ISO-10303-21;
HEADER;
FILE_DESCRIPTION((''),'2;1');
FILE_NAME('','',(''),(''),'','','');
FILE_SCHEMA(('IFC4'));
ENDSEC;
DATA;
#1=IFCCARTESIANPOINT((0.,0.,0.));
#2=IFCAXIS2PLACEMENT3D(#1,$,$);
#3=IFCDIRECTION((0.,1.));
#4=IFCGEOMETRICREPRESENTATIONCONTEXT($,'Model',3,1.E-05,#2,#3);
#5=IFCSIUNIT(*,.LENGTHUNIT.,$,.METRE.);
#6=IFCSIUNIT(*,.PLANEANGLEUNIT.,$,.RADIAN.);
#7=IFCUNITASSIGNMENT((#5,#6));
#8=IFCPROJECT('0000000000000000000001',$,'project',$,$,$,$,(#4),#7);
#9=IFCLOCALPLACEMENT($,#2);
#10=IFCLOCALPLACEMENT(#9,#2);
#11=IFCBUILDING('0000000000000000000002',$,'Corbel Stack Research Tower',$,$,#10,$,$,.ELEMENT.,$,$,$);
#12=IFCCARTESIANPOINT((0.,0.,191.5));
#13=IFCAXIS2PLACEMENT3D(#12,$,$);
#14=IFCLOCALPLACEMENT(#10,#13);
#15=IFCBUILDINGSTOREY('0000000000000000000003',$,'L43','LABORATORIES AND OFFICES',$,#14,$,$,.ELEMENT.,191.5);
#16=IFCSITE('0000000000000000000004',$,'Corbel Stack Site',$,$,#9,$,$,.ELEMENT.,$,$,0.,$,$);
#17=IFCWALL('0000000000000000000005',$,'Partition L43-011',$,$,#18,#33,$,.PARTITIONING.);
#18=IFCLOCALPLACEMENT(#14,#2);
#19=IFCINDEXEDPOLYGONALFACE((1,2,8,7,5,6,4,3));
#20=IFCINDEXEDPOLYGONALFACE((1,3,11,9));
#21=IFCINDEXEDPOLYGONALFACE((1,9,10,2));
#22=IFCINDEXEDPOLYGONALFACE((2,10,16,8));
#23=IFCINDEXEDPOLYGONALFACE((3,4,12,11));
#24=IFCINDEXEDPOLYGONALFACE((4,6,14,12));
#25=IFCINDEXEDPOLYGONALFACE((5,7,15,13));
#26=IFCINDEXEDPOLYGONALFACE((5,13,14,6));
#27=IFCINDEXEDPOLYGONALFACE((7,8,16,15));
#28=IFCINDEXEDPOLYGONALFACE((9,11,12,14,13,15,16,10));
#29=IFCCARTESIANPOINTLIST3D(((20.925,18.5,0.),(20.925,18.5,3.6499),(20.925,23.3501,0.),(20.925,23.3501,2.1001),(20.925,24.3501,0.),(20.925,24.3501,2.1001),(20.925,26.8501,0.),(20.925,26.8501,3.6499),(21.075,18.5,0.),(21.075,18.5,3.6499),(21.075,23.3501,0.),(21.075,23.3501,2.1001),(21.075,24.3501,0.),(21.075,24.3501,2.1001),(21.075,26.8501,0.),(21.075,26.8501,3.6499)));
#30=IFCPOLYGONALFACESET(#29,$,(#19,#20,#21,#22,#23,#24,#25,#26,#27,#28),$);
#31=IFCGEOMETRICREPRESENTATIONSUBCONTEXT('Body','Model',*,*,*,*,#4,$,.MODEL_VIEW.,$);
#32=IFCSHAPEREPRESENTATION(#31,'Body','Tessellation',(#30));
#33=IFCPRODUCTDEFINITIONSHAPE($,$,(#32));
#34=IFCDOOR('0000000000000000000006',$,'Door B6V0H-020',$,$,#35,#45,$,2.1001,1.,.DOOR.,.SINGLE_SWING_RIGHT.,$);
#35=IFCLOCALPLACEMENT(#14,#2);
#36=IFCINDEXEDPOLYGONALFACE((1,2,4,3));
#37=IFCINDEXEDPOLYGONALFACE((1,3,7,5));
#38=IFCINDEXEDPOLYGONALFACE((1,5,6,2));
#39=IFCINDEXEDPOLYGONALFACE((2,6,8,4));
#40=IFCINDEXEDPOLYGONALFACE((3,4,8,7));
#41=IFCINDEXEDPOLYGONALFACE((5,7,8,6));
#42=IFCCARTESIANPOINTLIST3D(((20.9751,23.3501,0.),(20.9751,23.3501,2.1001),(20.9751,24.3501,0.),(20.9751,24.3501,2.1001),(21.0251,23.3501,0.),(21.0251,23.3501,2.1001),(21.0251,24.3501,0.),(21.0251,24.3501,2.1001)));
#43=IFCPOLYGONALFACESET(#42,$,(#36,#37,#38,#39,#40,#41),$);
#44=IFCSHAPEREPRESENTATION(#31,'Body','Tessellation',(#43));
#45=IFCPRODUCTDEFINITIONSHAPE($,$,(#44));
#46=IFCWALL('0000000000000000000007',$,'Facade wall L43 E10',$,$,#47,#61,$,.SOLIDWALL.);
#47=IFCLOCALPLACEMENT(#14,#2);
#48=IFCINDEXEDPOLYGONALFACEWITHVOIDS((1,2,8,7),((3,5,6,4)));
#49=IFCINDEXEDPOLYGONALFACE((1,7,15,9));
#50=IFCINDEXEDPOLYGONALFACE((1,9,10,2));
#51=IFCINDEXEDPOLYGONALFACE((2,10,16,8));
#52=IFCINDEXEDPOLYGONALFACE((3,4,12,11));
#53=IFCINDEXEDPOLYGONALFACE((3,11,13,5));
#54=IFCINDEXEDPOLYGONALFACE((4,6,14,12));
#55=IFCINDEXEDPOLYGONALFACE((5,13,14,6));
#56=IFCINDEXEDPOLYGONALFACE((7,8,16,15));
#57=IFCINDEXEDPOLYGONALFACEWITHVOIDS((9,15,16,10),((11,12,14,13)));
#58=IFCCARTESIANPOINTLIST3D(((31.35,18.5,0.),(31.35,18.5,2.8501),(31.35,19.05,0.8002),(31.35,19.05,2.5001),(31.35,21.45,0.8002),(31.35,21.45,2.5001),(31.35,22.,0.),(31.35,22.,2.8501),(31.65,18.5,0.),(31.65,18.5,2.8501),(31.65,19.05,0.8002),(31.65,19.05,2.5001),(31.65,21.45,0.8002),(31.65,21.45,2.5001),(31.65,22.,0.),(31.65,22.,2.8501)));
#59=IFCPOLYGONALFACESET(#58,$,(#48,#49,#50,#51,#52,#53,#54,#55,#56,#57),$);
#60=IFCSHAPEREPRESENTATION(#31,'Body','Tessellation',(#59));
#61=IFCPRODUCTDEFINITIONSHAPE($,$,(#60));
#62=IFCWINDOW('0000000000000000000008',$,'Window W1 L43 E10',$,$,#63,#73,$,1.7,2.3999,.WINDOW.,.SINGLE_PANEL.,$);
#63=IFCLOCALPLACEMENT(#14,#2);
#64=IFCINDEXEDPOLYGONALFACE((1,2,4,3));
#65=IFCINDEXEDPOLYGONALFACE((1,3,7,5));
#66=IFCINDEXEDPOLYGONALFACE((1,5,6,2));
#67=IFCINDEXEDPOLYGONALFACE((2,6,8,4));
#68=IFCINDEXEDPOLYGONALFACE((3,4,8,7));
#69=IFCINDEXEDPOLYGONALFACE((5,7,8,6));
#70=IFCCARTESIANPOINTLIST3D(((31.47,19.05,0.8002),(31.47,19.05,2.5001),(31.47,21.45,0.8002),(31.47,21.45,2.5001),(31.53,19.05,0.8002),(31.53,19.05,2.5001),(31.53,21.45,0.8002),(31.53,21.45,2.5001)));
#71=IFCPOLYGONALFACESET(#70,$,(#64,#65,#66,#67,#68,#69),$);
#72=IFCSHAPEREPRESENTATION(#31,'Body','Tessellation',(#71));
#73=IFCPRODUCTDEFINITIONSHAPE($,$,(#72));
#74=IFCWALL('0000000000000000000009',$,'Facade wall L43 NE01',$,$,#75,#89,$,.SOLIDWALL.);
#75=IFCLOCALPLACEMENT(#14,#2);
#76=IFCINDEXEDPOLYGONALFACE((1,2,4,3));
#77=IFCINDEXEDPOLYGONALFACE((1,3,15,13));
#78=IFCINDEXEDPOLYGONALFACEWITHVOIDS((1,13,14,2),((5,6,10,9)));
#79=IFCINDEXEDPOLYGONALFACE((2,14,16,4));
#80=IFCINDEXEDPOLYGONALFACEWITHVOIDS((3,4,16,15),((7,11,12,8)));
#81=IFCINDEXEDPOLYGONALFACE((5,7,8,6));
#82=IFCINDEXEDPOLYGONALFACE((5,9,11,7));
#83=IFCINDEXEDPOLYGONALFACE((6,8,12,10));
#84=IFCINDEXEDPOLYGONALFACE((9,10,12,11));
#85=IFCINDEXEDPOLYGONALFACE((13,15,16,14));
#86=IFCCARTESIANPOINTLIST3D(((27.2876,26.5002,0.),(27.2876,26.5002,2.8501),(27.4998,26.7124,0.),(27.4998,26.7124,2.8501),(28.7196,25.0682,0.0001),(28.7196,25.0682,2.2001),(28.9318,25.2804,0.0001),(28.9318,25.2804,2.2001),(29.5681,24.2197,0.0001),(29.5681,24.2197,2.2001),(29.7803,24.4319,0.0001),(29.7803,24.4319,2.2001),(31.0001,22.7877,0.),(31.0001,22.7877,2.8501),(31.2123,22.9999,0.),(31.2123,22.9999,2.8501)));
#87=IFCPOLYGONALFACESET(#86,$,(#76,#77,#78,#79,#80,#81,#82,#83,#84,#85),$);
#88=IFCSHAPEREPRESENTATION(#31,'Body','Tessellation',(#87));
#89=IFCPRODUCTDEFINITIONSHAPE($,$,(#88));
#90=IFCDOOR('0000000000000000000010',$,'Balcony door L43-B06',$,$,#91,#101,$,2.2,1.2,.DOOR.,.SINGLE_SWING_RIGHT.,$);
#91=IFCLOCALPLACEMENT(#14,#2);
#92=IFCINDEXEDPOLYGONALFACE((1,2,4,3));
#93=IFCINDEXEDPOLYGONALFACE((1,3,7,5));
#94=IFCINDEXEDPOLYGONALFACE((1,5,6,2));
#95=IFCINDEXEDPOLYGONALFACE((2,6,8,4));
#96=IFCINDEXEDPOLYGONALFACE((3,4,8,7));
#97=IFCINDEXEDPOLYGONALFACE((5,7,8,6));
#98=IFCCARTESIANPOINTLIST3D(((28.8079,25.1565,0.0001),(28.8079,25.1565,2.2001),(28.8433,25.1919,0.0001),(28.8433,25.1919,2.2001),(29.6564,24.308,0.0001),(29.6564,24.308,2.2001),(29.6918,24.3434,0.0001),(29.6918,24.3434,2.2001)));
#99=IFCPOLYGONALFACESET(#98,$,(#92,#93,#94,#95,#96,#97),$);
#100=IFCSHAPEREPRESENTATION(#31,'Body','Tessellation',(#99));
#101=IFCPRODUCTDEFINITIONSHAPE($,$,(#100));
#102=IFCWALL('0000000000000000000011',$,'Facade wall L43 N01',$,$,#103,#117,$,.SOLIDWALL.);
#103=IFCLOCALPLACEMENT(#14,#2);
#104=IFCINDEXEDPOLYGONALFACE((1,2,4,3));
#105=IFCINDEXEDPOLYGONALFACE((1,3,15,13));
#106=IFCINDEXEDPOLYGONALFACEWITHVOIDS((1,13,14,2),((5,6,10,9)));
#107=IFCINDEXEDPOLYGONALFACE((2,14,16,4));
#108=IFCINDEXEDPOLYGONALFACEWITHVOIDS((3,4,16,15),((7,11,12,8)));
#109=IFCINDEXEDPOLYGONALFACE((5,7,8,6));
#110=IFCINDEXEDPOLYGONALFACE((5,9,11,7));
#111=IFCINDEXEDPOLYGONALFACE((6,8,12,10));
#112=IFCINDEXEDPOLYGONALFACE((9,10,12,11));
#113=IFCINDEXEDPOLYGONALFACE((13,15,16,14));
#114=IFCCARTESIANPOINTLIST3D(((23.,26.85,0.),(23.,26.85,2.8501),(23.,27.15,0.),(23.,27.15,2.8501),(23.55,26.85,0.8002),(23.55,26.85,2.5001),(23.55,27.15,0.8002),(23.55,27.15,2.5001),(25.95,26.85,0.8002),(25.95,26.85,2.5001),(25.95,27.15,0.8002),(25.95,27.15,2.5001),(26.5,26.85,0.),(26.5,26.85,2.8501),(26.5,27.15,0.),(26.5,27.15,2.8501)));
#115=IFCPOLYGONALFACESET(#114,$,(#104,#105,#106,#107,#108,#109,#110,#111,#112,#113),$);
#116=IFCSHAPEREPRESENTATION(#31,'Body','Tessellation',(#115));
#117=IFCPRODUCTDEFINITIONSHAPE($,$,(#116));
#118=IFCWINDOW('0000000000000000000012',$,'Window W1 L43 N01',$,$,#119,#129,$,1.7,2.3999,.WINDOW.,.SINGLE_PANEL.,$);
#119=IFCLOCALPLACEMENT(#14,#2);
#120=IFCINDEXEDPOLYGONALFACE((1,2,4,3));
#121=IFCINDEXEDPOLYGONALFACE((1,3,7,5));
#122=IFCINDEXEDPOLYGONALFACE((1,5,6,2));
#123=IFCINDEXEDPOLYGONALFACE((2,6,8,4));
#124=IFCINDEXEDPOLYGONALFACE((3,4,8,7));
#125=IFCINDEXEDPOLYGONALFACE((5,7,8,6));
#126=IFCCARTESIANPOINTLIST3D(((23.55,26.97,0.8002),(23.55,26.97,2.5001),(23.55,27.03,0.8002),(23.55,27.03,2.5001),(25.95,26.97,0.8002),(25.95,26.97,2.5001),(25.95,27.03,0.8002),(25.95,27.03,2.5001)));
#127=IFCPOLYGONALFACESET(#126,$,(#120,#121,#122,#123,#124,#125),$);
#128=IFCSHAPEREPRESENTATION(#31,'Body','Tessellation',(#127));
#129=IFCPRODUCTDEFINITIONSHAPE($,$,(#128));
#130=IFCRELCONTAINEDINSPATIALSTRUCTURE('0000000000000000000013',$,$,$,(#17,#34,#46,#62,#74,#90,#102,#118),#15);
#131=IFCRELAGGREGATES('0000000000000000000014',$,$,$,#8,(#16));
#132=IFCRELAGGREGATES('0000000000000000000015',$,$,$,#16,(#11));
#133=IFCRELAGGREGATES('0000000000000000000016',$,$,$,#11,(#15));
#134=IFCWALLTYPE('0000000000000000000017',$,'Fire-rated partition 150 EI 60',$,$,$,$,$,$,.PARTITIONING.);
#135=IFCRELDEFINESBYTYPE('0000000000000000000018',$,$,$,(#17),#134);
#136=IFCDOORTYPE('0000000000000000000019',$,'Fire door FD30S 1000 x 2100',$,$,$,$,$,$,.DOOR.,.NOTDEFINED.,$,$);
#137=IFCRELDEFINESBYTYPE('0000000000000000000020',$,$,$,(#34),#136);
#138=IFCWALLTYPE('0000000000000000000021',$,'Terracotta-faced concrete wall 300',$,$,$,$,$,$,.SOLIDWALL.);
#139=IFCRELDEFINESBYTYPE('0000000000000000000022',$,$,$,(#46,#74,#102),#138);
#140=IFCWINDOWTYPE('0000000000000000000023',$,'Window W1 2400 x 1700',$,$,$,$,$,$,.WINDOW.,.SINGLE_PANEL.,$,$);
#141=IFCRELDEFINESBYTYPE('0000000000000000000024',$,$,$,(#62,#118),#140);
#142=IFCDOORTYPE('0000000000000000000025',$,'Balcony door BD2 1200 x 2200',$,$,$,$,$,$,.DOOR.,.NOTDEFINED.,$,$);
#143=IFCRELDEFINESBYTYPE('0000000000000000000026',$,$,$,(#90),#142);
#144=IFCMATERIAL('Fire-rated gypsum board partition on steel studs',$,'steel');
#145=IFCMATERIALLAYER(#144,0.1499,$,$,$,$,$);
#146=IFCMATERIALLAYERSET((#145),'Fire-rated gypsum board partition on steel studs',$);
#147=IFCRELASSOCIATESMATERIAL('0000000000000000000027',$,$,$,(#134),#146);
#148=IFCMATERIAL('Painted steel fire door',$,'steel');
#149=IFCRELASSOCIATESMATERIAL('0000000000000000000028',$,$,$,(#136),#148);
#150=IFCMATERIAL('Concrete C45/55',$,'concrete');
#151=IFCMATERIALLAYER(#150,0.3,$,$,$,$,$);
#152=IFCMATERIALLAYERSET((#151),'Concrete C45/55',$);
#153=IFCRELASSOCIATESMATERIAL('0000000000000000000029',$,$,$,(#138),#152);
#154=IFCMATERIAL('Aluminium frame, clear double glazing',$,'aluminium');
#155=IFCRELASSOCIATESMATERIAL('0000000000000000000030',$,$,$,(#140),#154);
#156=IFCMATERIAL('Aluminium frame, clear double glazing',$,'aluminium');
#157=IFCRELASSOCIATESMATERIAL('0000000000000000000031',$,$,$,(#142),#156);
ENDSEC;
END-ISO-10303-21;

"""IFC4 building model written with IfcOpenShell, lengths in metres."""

from ifc_helpers import new_model, si_unit, direction, frame, frame_2d, origin, place, context, subcontext, project, spatial, rectangle, extrude, material, layer, layer_set, type_object, element, fill, save


model = new_model("IFC4")

# Units and contexts
model_context = context("Model", 3, precision=1e-05, world=origin(), true_north=direction((0.0, 1.0)))
body_context = subcontext(model_context, "Body", "Model", "MODEL_VIEW")
ifc_project = project(units=[si_unit("LENGTHUNIT", "METRE"), si_unit("PLANEANGLEUNIT", "RADIAN")], contexts=[model_context])

# Site, building, storey
site_placement = place(None, origin())
site = spatial("IfcSite", under=ifc_project, at=site_placement, Name="Corbel Stack Site", CompositionType="ELEMENT", RefElevation=0.0)
building_placement = place(site_placement, origin())
building = spatial("IfcBuilding", under=site, at=building_placement, Name="Corbel Stack Research Tower", CompositionType="ELEMENT")
storey_placement = place(building_placement, frame((0.0, 0.0, 191.5)))
storey = spatial("IfcBuildingStorey", under=building, at=storey_placement, Name="L43", Description="LABORATORIES AND OFFICES", CompositionType="ELEMENT", Elevation=191.5)

# Wall, opening, door
ifc_material_1 = material(Name="Fire-rated gypsum board partition on steel studs", Category="steel")
ifc_layer_1 = layer(ifc_material_1, 0.1499)
ifc_layer_set_1 = layer_set([ifc_layer_1], Name="Fire-rated gypsum board partition on steel studs")
wall_type_1 = type_object("IfcWallType", Name="Fire-rated partition 150 EI 60", PredefinedType="PARTITIONING", material=ifc_layer_set_1)
wall_1_placement = place(storey_placement, frame((21.0, 18.5, 0.0), z_axis=(0.0, 0.0, 1.0), x_axis=(0.0, 1.0, 0.0)))
wall_1 = element("IfcWall", 1, at=wall_1_placement, inside=storey, type_object=wall_type_1, Name="Partition L43-011", PredefinedType="PARTITIONING", context=body_context, shape_type="SweptSolid", body=[
    extrude(rectangle(XDim=8.3501, YDim=0.1499, at=frame_2d((4.175, 0.0))), origin(), (0.0, 0.0, 1.0), 3.6499),
])
opening_1_placement = place(wall_1_placement, frame((4.8501, 0.0, 0.0)))
opening_1 = element("IfcOpeningElement", 2, at=opening_1_placement, cuts=wall_1, PredefinedType="OPENING", context=body_context, shape_type="SweptSolid", body=[
    extrude(rectangle(XDim=1.0, YDim=2.1001, at=frame_2d((0.5, 1.05))), frame((0.0, 0.085, 0.0), z_axis=(0.0, -1.0, 0.0), x_axis=(1.0, 0.0, 0.0)), (0.0, 0.0, 1.0), 0.1699),
])
ifc_material_2 = material(Name="Painted steel fire door", Category="steel")
door_type_1 = type_object("IfcDoorType", Name="Fire door FD30S 1000 x 2100", OperationType="NOTDEFINED", PredefinedType="DOOR", material=ifc_material_2)
door_1_placement = place(opening_1_placement, origin())
door_1 = element("IfcDoor", 3, at=door_1_placement, inside=storey, type_object=door_type_1, Name="Door B6V0H-020", OperationType="SINGLE_SWING_RIGHT", OverallHeight=2.1001, OverallWidth=1.0, PredefinedType="DOOR", context=body_context, shape_type="SweptSolid", body=[
    extrude(rectangle(XDim=1.0, YDim=2.1001, at=frame_2d((0.5, 1.05))), frame((0.0, 0.0249, 0.0), z_axis=(0.0, -1.0, 0.0), x_axis=(1.0, 0.0, 0.0)), (0.0, 0.0, 1.0), 0.05),
])
fill(opening_1, door_1)

# Wall, opening, window
ifc_material_3 = material(Name="Concrete C45/55", Category="concrete")
ifc_layer_2 = layer(ifc_material_3, 0.3)
ifc_layer_set_2 = layer_set([ifc_layer_2], Name="Concrete C45/55")
wall_type_2 = type_object("IfcWallType", Name="Terracotta-faced concrete wall 300", PredefinedType="SOLIDWALL", material=ifc_layer_set_2)
wall_2_placement = place(storey_placement, frame((31.5, 22.0, 0.0), z_axis=(0.0, 0.0, 1.0), x_axis=(0.0, -1.0, 0.0)))
wall_2 = element("IfcWall", 4, at=wall_2_placement, inside=storey, type_object=wall_type_2, Name="Facade wall L43 E10", PredefinedType="SOLIDWALL", context=body_context, shape_type="SweptSolid", body=[
    extrude(rectangle(XDim=3.5, YDim=0.3, at=frame_2d((1.75, 0.0))), origin(), (0.0, 0.0, 1.0), 2.8501),
])
opening_2_placement = place(wall_2_placement, frame((0.55, 0.0, 0.8)))
opening_2 = element("IfcOpeningElement", 5, at=opening_2_placement, cuts=wall_2, PredefinedType="OPENING", context=body_context, shape_type="SweptSolid", body=[
    extrude(rectangle(XDim=2.3999, YDim=1.7, at=frame_2d((1.2, 0.8501))), frame((0.0, 0.1599, 0.0), z_axis=(0.0, -1.0, 0.0), x_axis=(1.0, 0.0, 0.0)), (0.0, 0.0, 1.0), 0.3201),
])
ifc_material_4 = material(Name="Aluminium frame, clear double glazing", Category="aluminium")
window_type = type_object("IfcWindowType", Name="Window W1 2400 x 1700", PartitioningType="SINGLE_PANEL", PredefinedType="WINDOW", material=ifc_material_4)
window_1_placement = place(opening_2_placement, origin())
window_1 = element("IfcWindow", 6, at=window_1_placement, inside=storey, type_object=window_type, Name="Window W1 L43 E10", OverallHeight=1.7, OverallWidth=2.3999, PartitioningType="SINGLE_PANEL", PredefinedType="WINDOW", context=body_context, shape_type="SweptSolid", body=[
    extrude(rectangle(XDim=2.3999, YDim=1.7, at=frame_2d((1.2, 0.8501))), frame((0.0, 0.03, 0.0), z_axis=(0.0, -1.0, 0.0), x_axis=(1.0, 0.0, 0.0)), (0.0, 0.0, 1.0), 0.0601),
])
fill(opening_2, window_1)

# Wall, opening, door
wall_3_placement = place(storey_placement, frame((27.3938, 26.6062, 0.0), z_axis=(0.0, 0.0, 1.0), x_axis=(0.707107, -0.707107, 0.0)))
wall_3 = element("IfcWall", 7, at=wall_3_placement, inside=storey, type_object=wall_type_2, Name="Facade wall L43 NE01", PredefinedType="SOLIDWALL", context=body_context, shape_type="SweptSolid", body=[
    extrude(rectangle(XDim=5.2502, YDim=0.3, at=frame_2d((2.625, 0.0))), origin(), (0.0, 0.0, 1.0), 2.8501),
])
opening_3_placement = place(wall_3_placement, frame((2.0249, 0.0, 0.0)))
opening_3 = element("IfcOpeningElement", 8, at=opening_3_placement, cuts=wall_3, PredefinedType="OPENING", context=body_context, shape_type="SweptSolid", body=[
    extrude(rectangle(XDim=1.2, YDim=2.2, at=frame_2d((0.6001, 1.1001))), frame((0.0, 0.1599, 0.0), z_axis=(0.0, -1.0, 0.0), x_axis=(1.0, 0.0, 0.0)), (0.0, 0.0, 1.0), 0.3201),
])
ifc_material_5 = material(Name="Aluminium frame, clear double glazing", Category="aluminium")
door_type_2 = type_object("IfcDoorType", Name="Balcony door BD2 1200 x 2200", OperationType="NOTDEFINED", PredefinedType="DOOR", material=ifc_material_5)
door_2_placement = place(opening_3_placement, origin())
door_2 = element("IfcDoor", 9, at=door_2_placement, inside=storey, type_object=door_type_2, Name="Balcony door L43-B06", OperationType="SINGLE_SWING_RIGHT", OverallHeight=2.2, OverallWidth=1.2, PredefinedType="DOOR", context=body_context, shape_type="SweptSolid", body=[
    extrude(rectangle(XDim=1.2, YDim=2.2, at=frame_2d((0.6001, 1.1001))), frame((0.0, 0.0249, 0.0), z_axis=(0.0, -1.0, 0.0), x_axis=(1.0, 0.0, 0.0)), (0.0, 0.0, 1.0), 0.05),
])
fill(opening_3, door_2)

# Wall, opening, window
wall_4_placement = place(storey_placement, frame((23.0, 27.0, 0.0), z_axis=(0.0, 0.0, 1.0), x_axis=(1.0, 0.0, 0.0)))
wall_4 = element("IfcWall", 10, at=wall_4_placement, inside=storey, type_object=wall_type_2, Name="Facade wall L43 N01", PredefinedType="SOLIDWALL", context=body_context, shape_type="SweptSolid", body=[
    extrude(rectangle(XDim=3.5, YDim=0.3, at=frame_2d((1.75, 0.0))), origin(), (0.0, 0.0, 1.0), 2.8501),
])
opening_4_placement = place(wall_4_placement, frame((0.55, 0.0, 0.8)))
opening_4 = element("IfcOpeningElement", 11, at=opening_4_placement, cuts=wall_4, PredefinedType="OPENING", context=body_context, shape_type="SweptSolid", body=[
    extrude(rectangle(XDim=2.3999, YDim=1.7, at=frame_2d((1.2, 0.8501))), frame((0.0, 0.1599, 0.0), z_axis=(0.0, -1.0, 0.0), x_axis=(1.0, 0.0, 0.0)), (0.0, 0.0, 1.0), 0.3201),
])
window_2_placement = place(opening_4_placement, origin())
window_2 = element("IfcWindow", 12, at=window_2_placement, inside=storey, type_object=window_type, Name="Window W1 L43 N01", OverallHeight=1.7, OverallWidth=2.3999, PartitioningType="SINGLE_PANEL", PredefinedType="WINDOW", context=body_context, shape_type="SweptSolid", body=[
    extrude(rectangle(XDim=2.3999, YDim=1.7, at=frame_2d((1.2, 0.8501))), frame((0.0, 0.03, 0.0), z_axis=(0.0, -1.0, 0.0), x_axis=(1.0, 0.0, 0.0)), (0.0, 0.0, 1.0), 0.0601),
])
fill(opening_4, window_2)

save(model, "model.ifc")
